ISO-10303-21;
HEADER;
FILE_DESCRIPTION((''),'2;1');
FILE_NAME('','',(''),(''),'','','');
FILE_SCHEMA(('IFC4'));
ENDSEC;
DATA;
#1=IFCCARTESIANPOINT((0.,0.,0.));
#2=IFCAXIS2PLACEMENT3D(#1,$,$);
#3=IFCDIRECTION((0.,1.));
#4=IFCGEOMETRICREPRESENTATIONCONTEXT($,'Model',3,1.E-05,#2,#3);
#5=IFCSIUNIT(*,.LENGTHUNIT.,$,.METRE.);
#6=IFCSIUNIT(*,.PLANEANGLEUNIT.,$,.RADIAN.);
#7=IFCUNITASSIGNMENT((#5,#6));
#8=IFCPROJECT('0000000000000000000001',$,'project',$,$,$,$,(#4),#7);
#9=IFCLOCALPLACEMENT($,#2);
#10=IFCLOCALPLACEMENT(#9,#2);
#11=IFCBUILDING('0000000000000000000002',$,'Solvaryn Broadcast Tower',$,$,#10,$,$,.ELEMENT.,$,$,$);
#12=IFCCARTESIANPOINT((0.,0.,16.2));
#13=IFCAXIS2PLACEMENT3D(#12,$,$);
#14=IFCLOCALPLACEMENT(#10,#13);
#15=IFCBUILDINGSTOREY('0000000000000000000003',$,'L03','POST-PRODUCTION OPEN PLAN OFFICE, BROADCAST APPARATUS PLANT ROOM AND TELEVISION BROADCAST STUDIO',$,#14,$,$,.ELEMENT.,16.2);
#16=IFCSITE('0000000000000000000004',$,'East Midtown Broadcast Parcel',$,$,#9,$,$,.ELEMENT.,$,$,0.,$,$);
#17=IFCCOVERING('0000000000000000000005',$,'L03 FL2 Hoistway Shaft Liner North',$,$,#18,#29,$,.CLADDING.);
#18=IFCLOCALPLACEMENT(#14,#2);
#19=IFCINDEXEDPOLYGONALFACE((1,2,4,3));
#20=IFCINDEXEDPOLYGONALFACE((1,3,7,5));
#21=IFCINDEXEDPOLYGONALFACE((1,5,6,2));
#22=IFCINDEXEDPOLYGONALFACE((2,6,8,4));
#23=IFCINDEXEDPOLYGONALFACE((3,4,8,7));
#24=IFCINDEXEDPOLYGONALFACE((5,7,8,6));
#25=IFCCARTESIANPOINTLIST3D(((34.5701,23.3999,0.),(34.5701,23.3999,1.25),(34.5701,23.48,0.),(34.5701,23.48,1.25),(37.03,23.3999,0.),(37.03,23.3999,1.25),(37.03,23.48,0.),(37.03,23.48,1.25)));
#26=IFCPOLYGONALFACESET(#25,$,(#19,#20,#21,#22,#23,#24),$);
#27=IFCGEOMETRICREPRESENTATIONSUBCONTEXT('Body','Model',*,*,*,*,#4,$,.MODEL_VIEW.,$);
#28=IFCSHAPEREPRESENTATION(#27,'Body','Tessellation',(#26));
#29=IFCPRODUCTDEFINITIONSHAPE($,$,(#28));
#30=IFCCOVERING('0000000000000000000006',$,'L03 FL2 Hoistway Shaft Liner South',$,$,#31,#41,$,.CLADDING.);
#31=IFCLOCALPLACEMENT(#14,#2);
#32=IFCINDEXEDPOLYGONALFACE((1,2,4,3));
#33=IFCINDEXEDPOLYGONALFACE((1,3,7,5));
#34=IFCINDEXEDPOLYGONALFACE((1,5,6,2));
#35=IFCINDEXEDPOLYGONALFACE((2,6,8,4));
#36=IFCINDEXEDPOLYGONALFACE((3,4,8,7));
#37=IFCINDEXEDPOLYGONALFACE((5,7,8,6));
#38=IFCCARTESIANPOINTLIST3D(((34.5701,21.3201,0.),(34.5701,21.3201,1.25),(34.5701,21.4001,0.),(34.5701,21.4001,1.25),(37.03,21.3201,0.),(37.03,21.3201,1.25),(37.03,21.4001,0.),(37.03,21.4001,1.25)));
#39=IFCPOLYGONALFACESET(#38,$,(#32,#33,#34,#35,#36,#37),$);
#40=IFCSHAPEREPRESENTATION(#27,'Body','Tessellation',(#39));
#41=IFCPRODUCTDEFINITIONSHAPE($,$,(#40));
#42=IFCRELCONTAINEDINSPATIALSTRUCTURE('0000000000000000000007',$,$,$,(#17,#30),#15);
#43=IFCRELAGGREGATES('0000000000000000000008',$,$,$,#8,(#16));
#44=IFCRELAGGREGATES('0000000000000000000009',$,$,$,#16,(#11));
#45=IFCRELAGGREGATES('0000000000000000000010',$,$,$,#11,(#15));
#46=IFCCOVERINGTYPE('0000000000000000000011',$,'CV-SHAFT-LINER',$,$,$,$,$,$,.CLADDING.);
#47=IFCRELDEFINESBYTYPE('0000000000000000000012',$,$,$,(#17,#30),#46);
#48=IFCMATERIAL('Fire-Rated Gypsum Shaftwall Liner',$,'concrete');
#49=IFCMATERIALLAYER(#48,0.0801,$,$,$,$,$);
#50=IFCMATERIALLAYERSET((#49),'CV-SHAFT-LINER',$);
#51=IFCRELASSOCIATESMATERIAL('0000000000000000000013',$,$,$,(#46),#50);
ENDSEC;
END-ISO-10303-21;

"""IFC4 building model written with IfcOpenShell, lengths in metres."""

from ifc_helpers import new_model, si_unit, direction, frame, origin, origin_2d, place, context, subcontext, project, spatial, rectangle, extrude, material, layer, layer_set, type_object, element, save


model = new_model("IFC4")

# Units and contexts
model_context = context("Model", 3, precision=1e-05, world=origin(), true_north=direction((0.0, 1.0)))
body_context = subcontext(model_context, "Body", "Model", "MODEL_VIEW")
ifc_project = project(units=[si_unit("LENGTHUNIT", "METRE"), si_unit("PLANEANGLEUNIT", "RADIAN")], contexts=[model_context])

# Site, building, storey
site_placement = place(None, origin())
site = spatial("IfcSite", under=ifc_project, at=site_placement, Name="East Midtown Broadcast Parcel", CompositionType="ELEMENT", RefElevation=0.0)
building_placement = place(site_placement, origin())
building = spatial("IfcBuilding", under=site, at=building_placement, Name="Solvaryn Broadcast Tower", CompositionType="ELEMENT")
storey_placement = place(building_placement, frame((0.0, 0.0, 16.2)))
storey = spatial("IfcBuildingStorey", under=building, at=storey_placement, Name="L03", Description="POST-PRODUCTION OPEN PLAN OFFICE, BROADCAST APPARATUS PLANT ROOM AND TELEVISION BROADCAST STUDIO", CompositionType="ELEMENT", Elevation=16.2)

# Coverings
ifc_material_1 = material(Name="Fire-Rated Gypsum Shaftwall Liner", Category="concrete")
ifc_layer_1 = layer(ifc_material_1, 0.0801)
ifc_layer_set_1 = layer_set([ifc_layer_1], Name="CV-SHAFT-LINER")
covering_type = type_object("IfcCoveringType", Name="CV-SHAFT-LINER", PredefinedType="CLADDING", material=ifc_layer_set_1)
for number, where, z_axis, x_axis, name in (
    (1, (35.8, 23.4399, 0.0), (0.0, 0.0, 1.0), (1.0, 0.0, 0.0), "L03 FL2 Hoistway Shaft Liner North"),
    (2, (35.8, 21.3601, 0.0), (0.0, 0.0, 1.0), (1.0, 0.0, 0.0), "L03 FL2 Hoistway Shaft Liner South"),
):
    element("IfcCovering", number, at=place(storey_placement, frame(where, z_axis=z_axis, x_axis=x_axis)), inside=storey, type_object=covering_type, Name=name, PredefinedType="CLADDING", context=body_context, shape_type="SweptSolid", body=[
        extrude(rectangle(XDim=2.46, YDim=0.0801, at=origin_2d()), origin(), (0.0, 0.0, 1.0), 1.25),
    ])

save(model, "model.ifc")
